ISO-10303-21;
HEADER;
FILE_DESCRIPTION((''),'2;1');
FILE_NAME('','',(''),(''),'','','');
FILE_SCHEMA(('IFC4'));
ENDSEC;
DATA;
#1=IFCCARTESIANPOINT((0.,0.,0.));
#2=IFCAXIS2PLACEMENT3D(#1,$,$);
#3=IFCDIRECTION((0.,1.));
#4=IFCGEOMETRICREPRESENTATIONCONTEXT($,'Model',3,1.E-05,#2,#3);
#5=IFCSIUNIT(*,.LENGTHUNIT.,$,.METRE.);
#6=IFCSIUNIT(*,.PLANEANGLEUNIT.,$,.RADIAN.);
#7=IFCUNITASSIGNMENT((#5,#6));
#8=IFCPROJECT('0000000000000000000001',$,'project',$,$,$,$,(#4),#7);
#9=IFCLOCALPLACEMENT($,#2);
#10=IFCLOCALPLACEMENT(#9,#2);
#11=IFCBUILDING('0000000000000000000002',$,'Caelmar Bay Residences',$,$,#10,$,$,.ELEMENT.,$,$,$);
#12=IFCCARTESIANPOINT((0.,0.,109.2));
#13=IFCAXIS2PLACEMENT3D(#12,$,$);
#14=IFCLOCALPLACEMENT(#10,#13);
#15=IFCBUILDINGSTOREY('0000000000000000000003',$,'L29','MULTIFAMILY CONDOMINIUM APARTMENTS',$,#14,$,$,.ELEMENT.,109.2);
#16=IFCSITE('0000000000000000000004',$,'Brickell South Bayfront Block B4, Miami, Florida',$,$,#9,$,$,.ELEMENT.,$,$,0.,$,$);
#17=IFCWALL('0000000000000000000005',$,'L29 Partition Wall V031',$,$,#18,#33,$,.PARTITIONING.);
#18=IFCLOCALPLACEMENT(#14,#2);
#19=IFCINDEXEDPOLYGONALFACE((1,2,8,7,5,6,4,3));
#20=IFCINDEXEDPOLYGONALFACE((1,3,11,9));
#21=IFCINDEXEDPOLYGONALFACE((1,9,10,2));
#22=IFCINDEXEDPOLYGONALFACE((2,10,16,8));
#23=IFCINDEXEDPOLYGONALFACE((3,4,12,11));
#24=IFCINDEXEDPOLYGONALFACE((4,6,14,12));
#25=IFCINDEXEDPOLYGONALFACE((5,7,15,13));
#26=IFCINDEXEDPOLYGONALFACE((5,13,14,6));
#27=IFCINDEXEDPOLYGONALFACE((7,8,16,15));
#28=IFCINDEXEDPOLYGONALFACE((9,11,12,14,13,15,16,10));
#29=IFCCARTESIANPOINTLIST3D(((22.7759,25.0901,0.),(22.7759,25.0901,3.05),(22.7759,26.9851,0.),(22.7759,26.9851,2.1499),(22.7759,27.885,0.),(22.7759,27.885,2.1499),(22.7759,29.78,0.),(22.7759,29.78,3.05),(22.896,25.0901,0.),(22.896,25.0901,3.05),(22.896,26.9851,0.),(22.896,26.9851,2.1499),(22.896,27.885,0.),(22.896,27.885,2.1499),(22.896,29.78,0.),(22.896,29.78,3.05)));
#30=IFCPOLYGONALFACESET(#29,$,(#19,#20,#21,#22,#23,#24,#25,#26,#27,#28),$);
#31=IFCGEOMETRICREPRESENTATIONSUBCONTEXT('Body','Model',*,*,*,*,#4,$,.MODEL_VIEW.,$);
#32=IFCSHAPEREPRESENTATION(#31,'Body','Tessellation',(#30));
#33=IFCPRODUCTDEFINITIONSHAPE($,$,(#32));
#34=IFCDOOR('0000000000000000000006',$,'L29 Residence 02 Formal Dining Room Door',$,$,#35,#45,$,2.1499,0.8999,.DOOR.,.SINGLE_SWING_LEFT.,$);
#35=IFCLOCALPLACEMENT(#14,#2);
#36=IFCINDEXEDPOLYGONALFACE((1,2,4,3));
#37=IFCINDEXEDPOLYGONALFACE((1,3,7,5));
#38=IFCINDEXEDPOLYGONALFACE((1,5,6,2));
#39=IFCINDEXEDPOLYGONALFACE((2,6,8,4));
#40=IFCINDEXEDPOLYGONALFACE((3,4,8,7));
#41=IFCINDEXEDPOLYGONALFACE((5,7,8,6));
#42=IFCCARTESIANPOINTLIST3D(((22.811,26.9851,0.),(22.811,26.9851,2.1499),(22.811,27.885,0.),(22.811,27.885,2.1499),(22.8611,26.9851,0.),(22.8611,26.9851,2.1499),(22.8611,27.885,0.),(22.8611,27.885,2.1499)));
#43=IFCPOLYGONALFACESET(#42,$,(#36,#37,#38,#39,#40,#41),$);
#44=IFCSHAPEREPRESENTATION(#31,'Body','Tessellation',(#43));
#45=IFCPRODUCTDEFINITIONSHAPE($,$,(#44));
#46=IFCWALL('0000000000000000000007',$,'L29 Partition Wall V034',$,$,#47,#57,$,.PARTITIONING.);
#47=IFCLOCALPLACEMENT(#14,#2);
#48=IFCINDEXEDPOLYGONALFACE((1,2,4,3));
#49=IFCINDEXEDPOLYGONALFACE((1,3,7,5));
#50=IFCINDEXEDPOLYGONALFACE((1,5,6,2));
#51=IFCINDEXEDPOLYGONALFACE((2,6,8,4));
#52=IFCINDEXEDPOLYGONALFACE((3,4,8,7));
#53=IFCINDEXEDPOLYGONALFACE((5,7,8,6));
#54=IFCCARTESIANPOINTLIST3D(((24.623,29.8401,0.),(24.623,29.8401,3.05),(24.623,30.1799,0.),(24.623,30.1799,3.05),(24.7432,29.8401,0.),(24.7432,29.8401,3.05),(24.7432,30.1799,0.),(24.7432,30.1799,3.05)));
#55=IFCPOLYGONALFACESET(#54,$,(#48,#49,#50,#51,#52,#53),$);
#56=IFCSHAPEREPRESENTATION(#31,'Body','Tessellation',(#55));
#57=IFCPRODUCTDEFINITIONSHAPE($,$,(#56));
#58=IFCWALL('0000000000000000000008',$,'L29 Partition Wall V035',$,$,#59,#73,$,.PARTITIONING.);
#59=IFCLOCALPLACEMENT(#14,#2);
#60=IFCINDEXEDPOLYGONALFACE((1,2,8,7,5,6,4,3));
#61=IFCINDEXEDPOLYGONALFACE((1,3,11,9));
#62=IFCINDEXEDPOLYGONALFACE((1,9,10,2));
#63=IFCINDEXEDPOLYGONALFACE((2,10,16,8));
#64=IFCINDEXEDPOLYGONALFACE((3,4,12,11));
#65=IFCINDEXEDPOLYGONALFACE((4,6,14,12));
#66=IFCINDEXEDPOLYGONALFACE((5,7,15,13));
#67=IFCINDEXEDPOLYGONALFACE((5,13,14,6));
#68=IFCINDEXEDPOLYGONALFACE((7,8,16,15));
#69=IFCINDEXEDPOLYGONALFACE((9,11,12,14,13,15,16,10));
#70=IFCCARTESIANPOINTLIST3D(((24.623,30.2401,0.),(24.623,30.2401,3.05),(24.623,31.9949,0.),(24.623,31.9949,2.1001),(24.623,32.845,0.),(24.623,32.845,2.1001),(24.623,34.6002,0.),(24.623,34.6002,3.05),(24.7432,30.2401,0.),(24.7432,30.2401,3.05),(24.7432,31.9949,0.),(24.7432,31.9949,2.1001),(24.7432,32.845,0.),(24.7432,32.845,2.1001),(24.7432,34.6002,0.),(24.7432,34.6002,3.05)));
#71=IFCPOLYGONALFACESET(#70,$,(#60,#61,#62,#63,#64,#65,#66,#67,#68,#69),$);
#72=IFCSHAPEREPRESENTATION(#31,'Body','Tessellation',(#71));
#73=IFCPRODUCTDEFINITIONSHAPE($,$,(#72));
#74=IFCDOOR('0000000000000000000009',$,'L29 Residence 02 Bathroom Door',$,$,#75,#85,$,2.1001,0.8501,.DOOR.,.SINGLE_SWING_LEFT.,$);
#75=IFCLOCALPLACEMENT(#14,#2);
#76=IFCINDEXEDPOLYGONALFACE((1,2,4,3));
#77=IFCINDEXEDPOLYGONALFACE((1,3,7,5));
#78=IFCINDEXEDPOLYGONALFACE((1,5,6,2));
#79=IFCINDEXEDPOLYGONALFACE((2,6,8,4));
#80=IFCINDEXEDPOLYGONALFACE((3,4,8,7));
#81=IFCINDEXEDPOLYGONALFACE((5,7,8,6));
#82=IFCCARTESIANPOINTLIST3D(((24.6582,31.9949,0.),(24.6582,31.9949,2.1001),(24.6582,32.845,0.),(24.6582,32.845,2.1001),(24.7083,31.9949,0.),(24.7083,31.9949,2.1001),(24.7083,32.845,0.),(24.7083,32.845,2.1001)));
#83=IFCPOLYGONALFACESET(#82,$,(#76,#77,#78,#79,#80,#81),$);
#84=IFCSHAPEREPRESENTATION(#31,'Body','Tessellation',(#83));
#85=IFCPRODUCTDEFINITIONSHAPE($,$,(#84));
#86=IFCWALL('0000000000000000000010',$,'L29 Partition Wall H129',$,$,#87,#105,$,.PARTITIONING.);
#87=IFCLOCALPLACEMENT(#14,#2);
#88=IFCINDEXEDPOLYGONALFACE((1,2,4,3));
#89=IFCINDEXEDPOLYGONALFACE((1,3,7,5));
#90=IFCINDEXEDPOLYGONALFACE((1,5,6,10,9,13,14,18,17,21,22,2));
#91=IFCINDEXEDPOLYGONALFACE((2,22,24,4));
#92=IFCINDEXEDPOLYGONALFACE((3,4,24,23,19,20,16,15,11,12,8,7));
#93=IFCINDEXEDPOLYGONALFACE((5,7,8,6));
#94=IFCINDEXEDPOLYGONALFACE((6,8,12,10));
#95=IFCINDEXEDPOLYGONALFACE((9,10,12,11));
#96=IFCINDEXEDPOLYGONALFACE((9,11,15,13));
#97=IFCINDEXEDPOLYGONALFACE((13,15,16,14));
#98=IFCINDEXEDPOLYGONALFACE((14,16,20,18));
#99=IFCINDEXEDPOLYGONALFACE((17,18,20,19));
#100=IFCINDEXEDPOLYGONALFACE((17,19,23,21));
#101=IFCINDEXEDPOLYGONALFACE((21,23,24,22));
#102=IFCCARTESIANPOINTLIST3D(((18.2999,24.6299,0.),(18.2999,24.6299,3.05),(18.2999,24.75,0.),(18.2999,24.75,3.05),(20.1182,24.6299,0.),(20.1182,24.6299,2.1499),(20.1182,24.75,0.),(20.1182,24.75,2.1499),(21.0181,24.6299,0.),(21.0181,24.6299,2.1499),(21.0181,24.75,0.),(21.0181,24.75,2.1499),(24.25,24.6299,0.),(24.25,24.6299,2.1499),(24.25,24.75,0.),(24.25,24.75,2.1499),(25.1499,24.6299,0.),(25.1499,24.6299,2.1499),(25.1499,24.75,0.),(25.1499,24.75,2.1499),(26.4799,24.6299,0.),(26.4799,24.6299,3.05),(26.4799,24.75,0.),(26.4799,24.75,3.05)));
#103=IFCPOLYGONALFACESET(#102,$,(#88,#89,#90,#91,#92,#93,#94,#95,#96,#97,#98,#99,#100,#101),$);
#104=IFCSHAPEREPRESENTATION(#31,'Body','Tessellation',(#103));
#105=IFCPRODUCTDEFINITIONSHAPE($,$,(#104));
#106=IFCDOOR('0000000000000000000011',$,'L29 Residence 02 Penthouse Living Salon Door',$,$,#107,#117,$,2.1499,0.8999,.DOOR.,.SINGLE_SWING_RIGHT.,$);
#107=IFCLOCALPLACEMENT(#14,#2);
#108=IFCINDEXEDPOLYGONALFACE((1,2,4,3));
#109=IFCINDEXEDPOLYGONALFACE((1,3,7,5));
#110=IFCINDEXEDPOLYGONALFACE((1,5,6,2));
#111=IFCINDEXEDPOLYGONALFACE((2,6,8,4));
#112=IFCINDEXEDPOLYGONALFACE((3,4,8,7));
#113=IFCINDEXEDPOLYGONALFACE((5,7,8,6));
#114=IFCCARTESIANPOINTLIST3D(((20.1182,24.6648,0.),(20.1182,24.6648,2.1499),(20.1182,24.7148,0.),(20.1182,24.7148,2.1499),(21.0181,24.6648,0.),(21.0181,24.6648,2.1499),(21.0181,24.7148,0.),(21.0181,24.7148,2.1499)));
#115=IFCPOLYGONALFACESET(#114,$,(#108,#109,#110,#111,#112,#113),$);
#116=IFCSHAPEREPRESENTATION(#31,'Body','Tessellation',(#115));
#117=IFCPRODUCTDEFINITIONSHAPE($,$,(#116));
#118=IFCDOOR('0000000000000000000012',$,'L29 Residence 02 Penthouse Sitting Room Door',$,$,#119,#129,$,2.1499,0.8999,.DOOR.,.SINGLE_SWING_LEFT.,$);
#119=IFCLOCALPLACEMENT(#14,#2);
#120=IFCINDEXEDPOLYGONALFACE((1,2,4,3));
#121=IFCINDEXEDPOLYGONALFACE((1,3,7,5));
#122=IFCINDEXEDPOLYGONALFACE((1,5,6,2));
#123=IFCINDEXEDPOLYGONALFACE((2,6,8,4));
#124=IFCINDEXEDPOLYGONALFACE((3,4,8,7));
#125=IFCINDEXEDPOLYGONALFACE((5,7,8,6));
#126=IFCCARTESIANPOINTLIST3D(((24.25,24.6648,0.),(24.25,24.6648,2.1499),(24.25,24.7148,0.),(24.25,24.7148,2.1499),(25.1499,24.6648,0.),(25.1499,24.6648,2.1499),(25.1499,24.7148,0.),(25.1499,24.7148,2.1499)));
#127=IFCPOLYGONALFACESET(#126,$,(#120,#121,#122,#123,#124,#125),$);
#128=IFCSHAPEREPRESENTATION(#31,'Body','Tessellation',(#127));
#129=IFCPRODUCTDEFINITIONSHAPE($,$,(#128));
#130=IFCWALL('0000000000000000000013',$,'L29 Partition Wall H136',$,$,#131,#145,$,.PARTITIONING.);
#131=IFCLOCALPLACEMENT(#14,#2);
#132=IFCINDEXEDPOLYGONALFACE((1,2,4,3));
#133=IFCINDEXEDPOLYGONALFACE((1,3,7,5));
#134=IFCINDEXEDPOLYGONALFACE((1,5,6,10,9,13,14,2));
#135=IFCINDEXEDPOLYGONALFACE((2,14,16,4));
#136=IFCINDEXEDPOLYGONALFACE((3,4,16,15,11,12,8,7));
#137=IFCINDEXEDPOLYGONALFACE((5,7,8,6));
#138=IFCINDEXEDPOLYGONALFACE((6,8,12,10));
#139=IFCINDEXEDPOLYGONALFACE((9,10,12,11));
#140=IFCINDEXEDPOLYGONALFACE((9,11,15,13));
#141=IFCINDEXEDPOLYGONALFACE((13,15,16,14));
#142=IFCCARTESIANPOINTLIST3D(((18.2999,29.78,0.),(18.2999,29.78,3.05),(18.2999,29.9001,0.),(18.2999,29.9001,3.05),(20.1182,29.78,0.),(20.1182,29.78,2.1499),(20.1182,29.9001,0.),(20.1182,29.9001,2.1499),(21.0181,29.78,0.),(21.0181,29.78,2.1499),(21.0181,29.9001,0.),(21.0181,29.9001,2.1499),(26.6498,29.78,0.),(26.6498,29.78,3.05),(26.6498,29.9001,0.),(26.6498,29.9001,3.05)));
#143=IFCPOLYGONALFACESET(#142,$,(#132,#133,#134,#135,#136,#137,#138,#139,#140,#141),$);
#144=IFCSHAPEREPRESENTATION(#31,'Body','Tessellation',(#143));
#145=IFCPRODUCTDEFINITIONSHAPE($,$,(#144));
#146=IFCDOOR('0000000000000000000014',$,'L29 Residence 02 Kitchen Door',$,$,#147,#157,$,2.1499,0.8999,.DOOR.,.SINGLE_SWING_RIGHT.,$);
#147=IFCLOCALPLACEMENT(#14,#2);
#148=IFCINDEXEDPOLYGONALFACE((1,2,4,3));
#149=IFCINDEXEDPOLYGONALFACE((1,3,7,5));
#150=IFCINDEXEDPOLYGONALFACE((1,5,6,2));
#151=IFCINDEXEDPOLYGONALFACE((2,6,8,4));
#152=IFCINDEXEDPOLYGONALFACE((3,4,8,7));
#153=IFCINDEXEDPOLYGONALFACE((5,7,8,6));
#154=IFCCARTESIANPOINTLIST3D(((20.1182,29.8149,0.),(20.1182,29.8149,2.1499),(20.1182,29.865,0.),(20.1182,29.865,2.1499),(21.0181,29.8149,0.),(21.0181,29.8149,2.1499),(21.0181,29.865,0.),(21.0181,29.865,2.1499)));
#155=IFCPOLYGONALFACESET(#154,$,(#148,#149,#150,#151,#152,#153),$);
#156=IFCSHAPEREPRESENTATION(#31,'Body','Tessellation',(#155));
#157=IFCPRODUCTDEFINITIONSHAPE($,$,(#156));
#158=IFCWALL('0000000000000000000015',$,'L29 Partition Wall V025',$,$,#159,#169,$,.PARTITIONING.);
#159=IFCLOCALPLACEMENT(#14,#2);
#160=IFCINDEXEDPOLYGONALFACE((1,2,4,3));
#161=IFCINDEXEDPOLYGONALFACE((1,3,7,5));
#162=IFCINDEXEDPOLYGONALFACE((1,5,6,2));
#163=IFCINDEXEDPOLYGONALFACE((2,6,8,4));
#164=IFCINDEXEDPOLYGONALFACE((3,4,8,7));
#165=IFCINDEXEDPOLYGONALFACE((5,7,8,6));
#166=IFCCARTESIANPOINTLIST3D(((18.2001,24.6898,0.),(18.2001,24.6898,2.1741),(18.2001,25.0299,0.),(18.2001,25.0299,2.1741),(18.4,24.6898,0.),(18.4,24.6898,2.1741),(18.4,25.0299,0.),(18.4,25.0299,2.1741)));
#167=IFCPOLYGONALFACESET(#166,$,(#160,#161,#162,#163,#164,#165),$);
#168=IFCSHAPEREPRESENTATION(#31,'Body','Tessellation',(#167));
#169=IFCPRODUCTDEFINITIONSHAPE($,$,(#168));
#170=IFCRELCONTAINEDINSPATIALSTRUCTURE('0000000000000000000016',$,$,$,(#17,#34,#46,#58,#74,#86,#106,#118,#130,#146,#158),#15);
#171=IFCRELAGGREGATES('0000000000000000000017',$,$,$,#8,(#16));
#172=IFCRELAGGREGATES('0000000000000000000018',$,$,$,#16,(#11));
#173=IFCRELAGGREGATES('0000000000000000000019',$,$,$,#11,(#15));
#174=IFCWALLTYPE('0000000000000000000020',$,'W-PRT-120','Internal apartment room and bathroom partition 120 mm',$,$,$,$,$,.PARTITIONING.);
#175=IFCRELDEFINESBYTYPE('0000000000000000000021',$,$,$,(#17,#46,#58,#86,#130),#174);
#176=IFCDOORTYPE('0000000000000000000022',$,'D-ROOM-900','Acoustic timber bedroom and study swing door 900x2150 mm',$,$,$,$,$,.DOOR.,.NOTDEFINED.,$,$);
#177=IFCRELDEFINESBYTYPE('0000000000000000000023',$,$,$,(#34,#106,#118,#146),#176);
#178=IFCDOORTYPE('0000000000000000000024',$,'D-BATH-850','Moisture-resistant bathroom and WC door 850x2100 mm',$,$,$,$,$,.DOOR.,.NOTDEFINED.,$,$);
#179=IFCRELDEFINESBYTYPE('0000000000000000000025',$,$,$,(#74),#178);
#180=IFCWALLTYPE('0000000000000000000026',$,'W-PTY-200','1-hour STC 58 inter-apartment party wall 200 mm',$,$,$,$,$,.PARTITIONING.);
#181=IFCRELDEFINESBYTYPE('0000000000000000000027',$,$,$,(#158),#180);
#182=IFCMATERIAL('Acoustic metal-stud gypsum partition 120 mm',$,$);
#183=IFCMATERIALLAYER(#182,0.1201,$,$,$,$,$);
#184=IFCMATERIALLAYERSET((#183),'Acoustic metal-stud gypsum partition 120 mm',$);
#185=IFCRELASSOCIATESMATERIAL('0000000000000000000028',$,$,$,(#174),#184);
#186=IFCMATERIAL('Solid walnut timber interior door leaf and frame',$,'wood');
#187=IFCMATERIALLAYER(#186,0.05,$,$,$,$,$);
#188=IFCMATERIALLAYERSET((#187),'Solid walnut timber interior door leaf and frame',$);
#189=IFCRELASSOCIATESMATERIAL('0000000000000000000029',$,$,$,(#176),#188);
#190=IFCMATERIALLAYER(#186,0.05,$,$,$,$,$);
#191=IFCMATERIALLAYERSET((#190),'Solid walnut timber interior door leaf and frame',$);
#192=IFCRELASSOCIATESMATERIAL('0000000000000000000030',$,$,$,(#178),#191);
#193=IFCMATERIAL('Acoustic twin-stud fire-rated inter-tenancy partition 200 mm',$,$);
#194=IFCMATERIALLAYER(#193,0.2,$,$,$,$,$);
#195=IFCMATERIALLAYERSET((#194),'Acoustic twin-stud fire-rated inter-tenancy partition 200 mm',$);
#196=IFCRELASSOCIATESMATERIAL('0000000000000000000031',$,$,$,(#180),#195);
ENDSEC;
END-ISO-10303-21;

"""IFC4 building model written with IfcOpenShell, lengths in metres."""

from ifc_helpers import new_model, si_unit, direction, frame, frame_2d, origin, place, context, subcontext, project, spatial, rectangle, extrude, material, layer, layer_set, type_object, element, fill, save


model = new_model("IFC4")

# Units and contexts
model_context = context("Model", 3, precision=1e-05, world=origin(), true_north=direction((0.0, 1.0)))
body_context = subcontext(model_context, "Body", "Model", "MODEL_VIEW")
ifc_project = project(units=[si_unit("LENGTHUNIT", "METRE"), si_unit("PLANEANGLEUNIT", "RADIAN")], contexts=[model_context])

# Site, building, storey
site_placement = place(None, origin())
site = spatial("IfcSite", under=ifc_project, at=site_placement, Name="Brickell South Bayfront Block B4, Miami, Florida", CompositionType="ELEMENT", RefElevation=0.0)
building_placement = place(site_placement, origin())
building = spatial("IfcBuilding", under=site, at=building_placement, Name="Caelmar Bay Residences", CompositionType="ELEMENT")
storey_placement = place(building_placement, frame((0.0, 0.0, 109.2)))
storey = spatial("IfcBuildingStorey", under=building, at=storey_placement, Name="L29", Description="MULTIFAMILY CONDOMINIUM APARTMENTS", CompositionType="ELEMENT", Elevation=109.2)

# Shared definitions
ifc_material_1 = material(Name="Acoustic metal-stud gypsum partition 120 mm")
ifc_layer_1 = layer(ifc_material_1, 0.1201)
ifc_layer_set_1 = layer_set([ifc_layer_1], Name="Acoustic metal-stud gypsum partition 120 mm")
wall_type_1 = type_object("IfcWallType", Name="W-PRT-120", Description="Internal apartment room and bathroom partition 120 mm", PredefinedType="PARTITIONING", material=ifc_layer_set_1)

# Wall, opening, door
wall_1_placement = place(storey_placement, frame((22.8359, 25.0901, 0.0), z_axis=(0.0, 0.0, 1.0), x_axis=(0.0, 1.0, 0.0)))
wall_1 = element("IfcWall", 1, at=wall_1_placement, inside=storey, type_object=wall_type_1, Name="L29 Partition Wall V031", PredefinedType="PARTITIONING", context=body_context, shape_type="SweptSolid", body=[
    extrude(rectangle(XDim=4.6899, YDim=0.1201, at=frame_2d((2.345, 0.0))), origin(), (0.0, 0.0, 1.0), 3.05),
])
opening_1_placement = place(wall_1_placement, frame((1.895, 0.0, 0.0)))
opening_1 = element("IfcOpeningElement", 2, at=opening_1_placement, cuts=wall_1, PredefinedType="OPENING", context=body_context, shape_type="SweptSolid", body=[
    extrude(rectangle(XDim=0.8999, YDim=2.1499, at=frame_2d((0.45, 1.075))), frame((0.0, 0.0701, 0.0), z_axis=(0.0, -1.0, 0.0), x_axis=(1.0, 0.0, 0.0)), (0.0, 0.0, 1.0), 0.1401),
])
ifc_material_2 = material(Name="Solid walnut timber interior door leaf and frame", Category="wood")
ifc_layer_2 = layer(ifc_material_2, 0.05)
ifc_layer_set_2 = layer_set([ifc_layer_2], Name="Solid walnut timber interior door leaf and frame")
door_type_1 = type_object("IfcDoorType", Name="D-ROOM-900", Description="Acoustic timber bedroom and study swing door 900x2150 mm", OperationType="NOTDEFINED", PredefinedType="DOOR", material=ifc_layer_set_2)
door_1_placement = place(opening_1_placement, origin())
door_1 = element("IfcDoor", 3, at=door_1_placement, inside=storey, type_object=door_type_1, Name="L29 Residence 02 Formal Dining Room Door", OperationType="SINGLE_SWING_LEFT", OverallHeight=2.1499, OverallWidth=0.8999, PredefinedType="DOOR", context=body_context, shape_type="SweptSolid", body=[
    extrude(rectangle(XDim=0.8999, YDim=2.1499, at=frame_2d((0.45, 1.075))), frame((0.0, 0.0249, 0.0), z_axis=(0.0, -1.0, 0.0), x_axis=(1.0, 0.0, 0.0)), (0.0, 0.0, 1.0), 0.05),
])
fill(opening_1, door_1)

# Wall
wall_2_placement = place(storey_placement, frame((24.6831, 29.8401, 0.0), z_axis=(0.0, 0.0, 1.0), x_axis=(0.0, 1.0, 0.0)))
element("IfcWall", 4, at=wall_2_placement, inside=storey, type_object=wall_type_1, Name="L29 Partition Wall V034", PredefinedType="PARTITIONING", context=body_context, shape_type="SweptSolid", body=[
    extrude(rectangle(XDim=0.3398, YDim=0.1201, at=frame_2d((0.1699, 0.0))), origin(), (0.0, 0.0, 1.0), 3.05),
])

# Wall, opening, door
wall_3_placement = place(storey_placement, frame((24.6831, 30.24, 0.0), z_axis=(0.0, 0.0, 1.0), x_axis=(0.0, 1.0, 0.0)))
wall_3 = element("IfcWall", 5, at=wall_3_placement, inside=storey, type_object=wall_type_1, Name="L29 Partition Wall V035", PredefinedType="PARTITIONING", context=body_context, shape_type="SweptSolid", body=[
    extrude(rectangle(XDim=4.3601, YDim=0.1201, at=frame_2d((2.1802, 0.0))), origin(), (0.0, 0.0, 1.0), 3.05),
])
opening_2_placement = place(wall_3_placement, frame((1.7549, 0.0, 0.0)))
opening_2 = element("IfcOpeningElement", 6, at=opening_2_placement, cuts=wall_3, PredefinedType="OPENING", context=body_context, shape_type="SweptSolid", body=[
    extrude(rectangle(XDim=0.8501, YDim=2.1001, at=frame_2d((0.425, 1.05))), frame((0.0, 0.0701, 0.0), z_axis=(0.0, -1.0, 0.0), x_axis=(1.0, 0.0, 0.0)), (0.0, 0.0, 1.0), 0.1401),
])
ifc_layer_3 = layer(ifc_material_2, 0.05)
ifc_layer_set_3 = layer_set([ifc_layer_3], Name="Solid walnut timber interior door leaf and frame")
door_type_2 = type_object("IfcDoorType", Name="D-BATH-850", Description="Moisture-resistant bathroom and WC door 850x2100 mm", OperationType="NOTDEFINED", PredefinedType="DOOR", material=ifc_layer_set_3)
door_2_placement = place(opening_2_placement, origin())
door_2 = element("IfcDoor", 7, at=door_2_placement, inside=storey, type_object=door_type_2, Name="L29 Residence 02 Bathroom Door", OperationType="SINGLE_SWING_LEFT", OverallHeight=2.1001, OverallWidth=0.8501, PredefinedType="DOOR", context=body_context, shape_type="SweptSolid", body=[
    extrude(rectangle(XDim=0.8501, YDim=2.1001, at=frame_2d((0.425, 1.05))), frame((0.0, 0.0249, 0.0), z_axis=(0.0, -1.0, 0.0), x_axis=(1.0, 0.0, 0.0)), (0.0, 0.0, 1.0), 0.05),
])
fill(opening_2, door_2)

# Wall, openings, doors
wall_4_placement = place(storey_placement, frame((18.3, 24.6899, 0.0), z_axis=(0.0, 0.0, 1.0), x_axis=(1.0, 0.0, 0.0)))
wall_4 = element("IfcWall", 8, at=wall_4_placement, inside=storey, type_object=wall_type_1, Name="L29 Partition Wall H129", PredefinedType="PARTITIONING", context=body_context, shape_type="SweptSolid", body=[
    extrude(rectangle(XDim=8.1799, YDim=0.1201, at=frame_2d((4.0898, 0.0))), origin(), (0.0, 0.0, 1.0), 3.05),
])
opening_3_placement = place(wall_4_placement, frame((1.8181, 0.0, 0.0)))
opening_3 = element("IfcOpeningElement", 9, at=opening_3_placement, cuts=wall_4, PredefinedType="OPENING", context=body_context, shape_type="SweptSolid", body=[
    extrude(rectangle(XDim=0.8999, YDim=2.1499, at=frame_2d((0.45, 1.075))), frame((0.0, 0.0701, 0.0), z_axis=(0.0, -1.0, 0.0), x_axis=(1.0, 0.0, 0.0)), (0.0, 0.0, 1.0), 0.1401),
])
opening_4_placement = place(wall_4_placement, frame((5.95, 0.0, 0.0)))
opening_4 = element("IfcOpeningElement", 10, at=opening_4_placement, cuts=wall_4, PredefinedType="OPENING", context=body_context, shape_type="SweptSolid", body=[
    extrude(rectangle(XDim=0.8999, YDim=2.1499, at=frame_2d((0.45, 1.075))), frame((0.0, 0.0701, 0.0), z_axis=(0.0, -1.0, 0.0), x_axis=(1.0, 0.0, 0.0)), (0.0, 0.0, 1.0), 0.1401),
])
door_3_placement = place(opening_3_placement, origin())
door_3 = element("IfcDoor", 11, at=door_3_placement, inside=storey, type_object=door_type_1, Name="L29 Residence 02 Penthouse Living Salon Door", OperationType="SINGLE_SWING_RIGHT", OverallHeight=2.1499, OverallWidth=0.8999, PredefinedType="DOOR", context=body_context, shape_type="SweptSolid", body=[
    extrude(rectangle(XDim=0.8999, YDim=2.1499, at=frame_2d((0.45, 1.075))), frame((0.0, 0.0249, 0.0), z_axis=(0.0, -1.0, 0.0), x_axis=(1.0, 0.0, 0.0)), (0.0, 0.0, 1.0), 0.05),
])
fill(opening_3, door_3)
door_4_placement = place(opening_4_placement, origin())
door_4 = element("IfcDoor", 12, at=door_4_placement, inside=storey, type_object=door_type_1, Name="L29 Residence 02 Penthouse Sitting Room Door", OperationType="SINGLE_SWING_LEFT", OverallHeight=2.1499, OverallWidth=0.8999, PredefinedType="DOOR", context=body_context, shape_type="SweptSolid", body=[
    extrude(rectangle(XDim=0.8999, YDim=2.1499, at=frame_2d((0.45, 1.075))), frame((0.0, 0.0249, 0.0), z_axis=(0.0, -1.0, 0.0), x_axis=(1.0, 0.0, 0.0)), (0.0, 0.0, 1.0), 0.05),
])
fill(opening_4, door_4)

# Wall, opening, door
wall_5_placement = place(storey_placement, frame((18.3, 29.8401, 0.0), z_axis=(0.0, 0.0, 1.0), x_axis=(1.0, 0.0, 0.0)))
wall_5 = element("IfcWall", 13, at=wall_5_placement, inside=storey, type_object=wall_type_1, Name="L29 Partition Wall H136", PredefinedType="PARTITIONING", context=body_context, shape_type="SweptSolid", body=[
    extrude(rectangle(XDim=8.3499, YDim=0.1201, at=frame_2d((4.1748, 0.0))), origin(), (0.0, 0.0, 1.0), 3.05),
])
opening_5_placement = place(wall_5_placement, frame((1.8181, 0.0, 0.0)))
opening_5 = element("IfcOpeningElement", 14, at=opening_5_placement, cuts=wall_5, PredefinedType="OPENING", context=body_context, shape_type="SweptSolid", body=[
    extrude(rectangle(XDim=0.8999, YDim=2.1499, at=frame_2d((0.45, 1.075))), frame((0.0, 0.0701, 0.0), z_axis=(0.0, -1.0, 0.0), x_axis=(1.0, 0.0, 0.0)), (0.0, 0.0, 1.0), 0.1401),
])
door_5_placement = place(opening_5_placement, origin())
door_5 = element("IfcDoor", 15, at=door_5_placement, inside=storey, type_object=door_type_1, Name="L29 Residence 02 Kitchen Door", OperationType="SINGLE_SWING_RIGHT", OverallHeight=2.1499, OverallWidth=0.8999, PredefinedType="DOOR", context=body_context, shape_type="SweptSolid", body=[
    extrude(rectangle(XDim=0.8999, YDim=2.1499, at=frame_2d((0.45, 1.075))), frame((0.0, 0.0249, 0.0), z_axis=(0.0, -1.0, 0.0), x_axis=(1.0, 0.0, 0.0)), (0.0, 0.0, 1.0), 0.05),
])
fill(opening_5, door_5)

# Wall
ifc_material_3 = material(Name="Acoustic twin-stud fire-rated inter-tenancy partition 200 mm")
ifc_layer_4 = layer(ifc_material_3, 0.2)
ifc_layer_set_4 = layer_set([ifc_layer_4], Name="Acoustic twin-stud fire-rated inter-tenancy partition 200 mm")
wall_type_2 = type_object("IfcWallType", Name="W-PTY-200", Description="1-hour STC 58 inter-apartment party wall 200 mm", PredefinedType="PARTITIONING", material=ifc_layer_set_4)
wall_6_placement = place(storey_placement, frame((18.3, 24.6899, 0.0), z_axis=(0.0, 0.0, 1.0), x_axis=(0.0, 1.0, 0.0)))
element("IfcWall", 16, at=wall_6_placement, inside=storey, type_object=wall_type_2, Name="L29 Partition Wall V025", PredefinedType="PARTITIONING", context=body_context, shape_type="SweptSolid", body=[
    extrude(rectangle(XDim=0.3401, YDim=0.2, at=frame_2d((0.1699, 0.0))), origin(), (0.0, 0.0, 1.0), 2.1741),
])

save(model, "model.ifc")
